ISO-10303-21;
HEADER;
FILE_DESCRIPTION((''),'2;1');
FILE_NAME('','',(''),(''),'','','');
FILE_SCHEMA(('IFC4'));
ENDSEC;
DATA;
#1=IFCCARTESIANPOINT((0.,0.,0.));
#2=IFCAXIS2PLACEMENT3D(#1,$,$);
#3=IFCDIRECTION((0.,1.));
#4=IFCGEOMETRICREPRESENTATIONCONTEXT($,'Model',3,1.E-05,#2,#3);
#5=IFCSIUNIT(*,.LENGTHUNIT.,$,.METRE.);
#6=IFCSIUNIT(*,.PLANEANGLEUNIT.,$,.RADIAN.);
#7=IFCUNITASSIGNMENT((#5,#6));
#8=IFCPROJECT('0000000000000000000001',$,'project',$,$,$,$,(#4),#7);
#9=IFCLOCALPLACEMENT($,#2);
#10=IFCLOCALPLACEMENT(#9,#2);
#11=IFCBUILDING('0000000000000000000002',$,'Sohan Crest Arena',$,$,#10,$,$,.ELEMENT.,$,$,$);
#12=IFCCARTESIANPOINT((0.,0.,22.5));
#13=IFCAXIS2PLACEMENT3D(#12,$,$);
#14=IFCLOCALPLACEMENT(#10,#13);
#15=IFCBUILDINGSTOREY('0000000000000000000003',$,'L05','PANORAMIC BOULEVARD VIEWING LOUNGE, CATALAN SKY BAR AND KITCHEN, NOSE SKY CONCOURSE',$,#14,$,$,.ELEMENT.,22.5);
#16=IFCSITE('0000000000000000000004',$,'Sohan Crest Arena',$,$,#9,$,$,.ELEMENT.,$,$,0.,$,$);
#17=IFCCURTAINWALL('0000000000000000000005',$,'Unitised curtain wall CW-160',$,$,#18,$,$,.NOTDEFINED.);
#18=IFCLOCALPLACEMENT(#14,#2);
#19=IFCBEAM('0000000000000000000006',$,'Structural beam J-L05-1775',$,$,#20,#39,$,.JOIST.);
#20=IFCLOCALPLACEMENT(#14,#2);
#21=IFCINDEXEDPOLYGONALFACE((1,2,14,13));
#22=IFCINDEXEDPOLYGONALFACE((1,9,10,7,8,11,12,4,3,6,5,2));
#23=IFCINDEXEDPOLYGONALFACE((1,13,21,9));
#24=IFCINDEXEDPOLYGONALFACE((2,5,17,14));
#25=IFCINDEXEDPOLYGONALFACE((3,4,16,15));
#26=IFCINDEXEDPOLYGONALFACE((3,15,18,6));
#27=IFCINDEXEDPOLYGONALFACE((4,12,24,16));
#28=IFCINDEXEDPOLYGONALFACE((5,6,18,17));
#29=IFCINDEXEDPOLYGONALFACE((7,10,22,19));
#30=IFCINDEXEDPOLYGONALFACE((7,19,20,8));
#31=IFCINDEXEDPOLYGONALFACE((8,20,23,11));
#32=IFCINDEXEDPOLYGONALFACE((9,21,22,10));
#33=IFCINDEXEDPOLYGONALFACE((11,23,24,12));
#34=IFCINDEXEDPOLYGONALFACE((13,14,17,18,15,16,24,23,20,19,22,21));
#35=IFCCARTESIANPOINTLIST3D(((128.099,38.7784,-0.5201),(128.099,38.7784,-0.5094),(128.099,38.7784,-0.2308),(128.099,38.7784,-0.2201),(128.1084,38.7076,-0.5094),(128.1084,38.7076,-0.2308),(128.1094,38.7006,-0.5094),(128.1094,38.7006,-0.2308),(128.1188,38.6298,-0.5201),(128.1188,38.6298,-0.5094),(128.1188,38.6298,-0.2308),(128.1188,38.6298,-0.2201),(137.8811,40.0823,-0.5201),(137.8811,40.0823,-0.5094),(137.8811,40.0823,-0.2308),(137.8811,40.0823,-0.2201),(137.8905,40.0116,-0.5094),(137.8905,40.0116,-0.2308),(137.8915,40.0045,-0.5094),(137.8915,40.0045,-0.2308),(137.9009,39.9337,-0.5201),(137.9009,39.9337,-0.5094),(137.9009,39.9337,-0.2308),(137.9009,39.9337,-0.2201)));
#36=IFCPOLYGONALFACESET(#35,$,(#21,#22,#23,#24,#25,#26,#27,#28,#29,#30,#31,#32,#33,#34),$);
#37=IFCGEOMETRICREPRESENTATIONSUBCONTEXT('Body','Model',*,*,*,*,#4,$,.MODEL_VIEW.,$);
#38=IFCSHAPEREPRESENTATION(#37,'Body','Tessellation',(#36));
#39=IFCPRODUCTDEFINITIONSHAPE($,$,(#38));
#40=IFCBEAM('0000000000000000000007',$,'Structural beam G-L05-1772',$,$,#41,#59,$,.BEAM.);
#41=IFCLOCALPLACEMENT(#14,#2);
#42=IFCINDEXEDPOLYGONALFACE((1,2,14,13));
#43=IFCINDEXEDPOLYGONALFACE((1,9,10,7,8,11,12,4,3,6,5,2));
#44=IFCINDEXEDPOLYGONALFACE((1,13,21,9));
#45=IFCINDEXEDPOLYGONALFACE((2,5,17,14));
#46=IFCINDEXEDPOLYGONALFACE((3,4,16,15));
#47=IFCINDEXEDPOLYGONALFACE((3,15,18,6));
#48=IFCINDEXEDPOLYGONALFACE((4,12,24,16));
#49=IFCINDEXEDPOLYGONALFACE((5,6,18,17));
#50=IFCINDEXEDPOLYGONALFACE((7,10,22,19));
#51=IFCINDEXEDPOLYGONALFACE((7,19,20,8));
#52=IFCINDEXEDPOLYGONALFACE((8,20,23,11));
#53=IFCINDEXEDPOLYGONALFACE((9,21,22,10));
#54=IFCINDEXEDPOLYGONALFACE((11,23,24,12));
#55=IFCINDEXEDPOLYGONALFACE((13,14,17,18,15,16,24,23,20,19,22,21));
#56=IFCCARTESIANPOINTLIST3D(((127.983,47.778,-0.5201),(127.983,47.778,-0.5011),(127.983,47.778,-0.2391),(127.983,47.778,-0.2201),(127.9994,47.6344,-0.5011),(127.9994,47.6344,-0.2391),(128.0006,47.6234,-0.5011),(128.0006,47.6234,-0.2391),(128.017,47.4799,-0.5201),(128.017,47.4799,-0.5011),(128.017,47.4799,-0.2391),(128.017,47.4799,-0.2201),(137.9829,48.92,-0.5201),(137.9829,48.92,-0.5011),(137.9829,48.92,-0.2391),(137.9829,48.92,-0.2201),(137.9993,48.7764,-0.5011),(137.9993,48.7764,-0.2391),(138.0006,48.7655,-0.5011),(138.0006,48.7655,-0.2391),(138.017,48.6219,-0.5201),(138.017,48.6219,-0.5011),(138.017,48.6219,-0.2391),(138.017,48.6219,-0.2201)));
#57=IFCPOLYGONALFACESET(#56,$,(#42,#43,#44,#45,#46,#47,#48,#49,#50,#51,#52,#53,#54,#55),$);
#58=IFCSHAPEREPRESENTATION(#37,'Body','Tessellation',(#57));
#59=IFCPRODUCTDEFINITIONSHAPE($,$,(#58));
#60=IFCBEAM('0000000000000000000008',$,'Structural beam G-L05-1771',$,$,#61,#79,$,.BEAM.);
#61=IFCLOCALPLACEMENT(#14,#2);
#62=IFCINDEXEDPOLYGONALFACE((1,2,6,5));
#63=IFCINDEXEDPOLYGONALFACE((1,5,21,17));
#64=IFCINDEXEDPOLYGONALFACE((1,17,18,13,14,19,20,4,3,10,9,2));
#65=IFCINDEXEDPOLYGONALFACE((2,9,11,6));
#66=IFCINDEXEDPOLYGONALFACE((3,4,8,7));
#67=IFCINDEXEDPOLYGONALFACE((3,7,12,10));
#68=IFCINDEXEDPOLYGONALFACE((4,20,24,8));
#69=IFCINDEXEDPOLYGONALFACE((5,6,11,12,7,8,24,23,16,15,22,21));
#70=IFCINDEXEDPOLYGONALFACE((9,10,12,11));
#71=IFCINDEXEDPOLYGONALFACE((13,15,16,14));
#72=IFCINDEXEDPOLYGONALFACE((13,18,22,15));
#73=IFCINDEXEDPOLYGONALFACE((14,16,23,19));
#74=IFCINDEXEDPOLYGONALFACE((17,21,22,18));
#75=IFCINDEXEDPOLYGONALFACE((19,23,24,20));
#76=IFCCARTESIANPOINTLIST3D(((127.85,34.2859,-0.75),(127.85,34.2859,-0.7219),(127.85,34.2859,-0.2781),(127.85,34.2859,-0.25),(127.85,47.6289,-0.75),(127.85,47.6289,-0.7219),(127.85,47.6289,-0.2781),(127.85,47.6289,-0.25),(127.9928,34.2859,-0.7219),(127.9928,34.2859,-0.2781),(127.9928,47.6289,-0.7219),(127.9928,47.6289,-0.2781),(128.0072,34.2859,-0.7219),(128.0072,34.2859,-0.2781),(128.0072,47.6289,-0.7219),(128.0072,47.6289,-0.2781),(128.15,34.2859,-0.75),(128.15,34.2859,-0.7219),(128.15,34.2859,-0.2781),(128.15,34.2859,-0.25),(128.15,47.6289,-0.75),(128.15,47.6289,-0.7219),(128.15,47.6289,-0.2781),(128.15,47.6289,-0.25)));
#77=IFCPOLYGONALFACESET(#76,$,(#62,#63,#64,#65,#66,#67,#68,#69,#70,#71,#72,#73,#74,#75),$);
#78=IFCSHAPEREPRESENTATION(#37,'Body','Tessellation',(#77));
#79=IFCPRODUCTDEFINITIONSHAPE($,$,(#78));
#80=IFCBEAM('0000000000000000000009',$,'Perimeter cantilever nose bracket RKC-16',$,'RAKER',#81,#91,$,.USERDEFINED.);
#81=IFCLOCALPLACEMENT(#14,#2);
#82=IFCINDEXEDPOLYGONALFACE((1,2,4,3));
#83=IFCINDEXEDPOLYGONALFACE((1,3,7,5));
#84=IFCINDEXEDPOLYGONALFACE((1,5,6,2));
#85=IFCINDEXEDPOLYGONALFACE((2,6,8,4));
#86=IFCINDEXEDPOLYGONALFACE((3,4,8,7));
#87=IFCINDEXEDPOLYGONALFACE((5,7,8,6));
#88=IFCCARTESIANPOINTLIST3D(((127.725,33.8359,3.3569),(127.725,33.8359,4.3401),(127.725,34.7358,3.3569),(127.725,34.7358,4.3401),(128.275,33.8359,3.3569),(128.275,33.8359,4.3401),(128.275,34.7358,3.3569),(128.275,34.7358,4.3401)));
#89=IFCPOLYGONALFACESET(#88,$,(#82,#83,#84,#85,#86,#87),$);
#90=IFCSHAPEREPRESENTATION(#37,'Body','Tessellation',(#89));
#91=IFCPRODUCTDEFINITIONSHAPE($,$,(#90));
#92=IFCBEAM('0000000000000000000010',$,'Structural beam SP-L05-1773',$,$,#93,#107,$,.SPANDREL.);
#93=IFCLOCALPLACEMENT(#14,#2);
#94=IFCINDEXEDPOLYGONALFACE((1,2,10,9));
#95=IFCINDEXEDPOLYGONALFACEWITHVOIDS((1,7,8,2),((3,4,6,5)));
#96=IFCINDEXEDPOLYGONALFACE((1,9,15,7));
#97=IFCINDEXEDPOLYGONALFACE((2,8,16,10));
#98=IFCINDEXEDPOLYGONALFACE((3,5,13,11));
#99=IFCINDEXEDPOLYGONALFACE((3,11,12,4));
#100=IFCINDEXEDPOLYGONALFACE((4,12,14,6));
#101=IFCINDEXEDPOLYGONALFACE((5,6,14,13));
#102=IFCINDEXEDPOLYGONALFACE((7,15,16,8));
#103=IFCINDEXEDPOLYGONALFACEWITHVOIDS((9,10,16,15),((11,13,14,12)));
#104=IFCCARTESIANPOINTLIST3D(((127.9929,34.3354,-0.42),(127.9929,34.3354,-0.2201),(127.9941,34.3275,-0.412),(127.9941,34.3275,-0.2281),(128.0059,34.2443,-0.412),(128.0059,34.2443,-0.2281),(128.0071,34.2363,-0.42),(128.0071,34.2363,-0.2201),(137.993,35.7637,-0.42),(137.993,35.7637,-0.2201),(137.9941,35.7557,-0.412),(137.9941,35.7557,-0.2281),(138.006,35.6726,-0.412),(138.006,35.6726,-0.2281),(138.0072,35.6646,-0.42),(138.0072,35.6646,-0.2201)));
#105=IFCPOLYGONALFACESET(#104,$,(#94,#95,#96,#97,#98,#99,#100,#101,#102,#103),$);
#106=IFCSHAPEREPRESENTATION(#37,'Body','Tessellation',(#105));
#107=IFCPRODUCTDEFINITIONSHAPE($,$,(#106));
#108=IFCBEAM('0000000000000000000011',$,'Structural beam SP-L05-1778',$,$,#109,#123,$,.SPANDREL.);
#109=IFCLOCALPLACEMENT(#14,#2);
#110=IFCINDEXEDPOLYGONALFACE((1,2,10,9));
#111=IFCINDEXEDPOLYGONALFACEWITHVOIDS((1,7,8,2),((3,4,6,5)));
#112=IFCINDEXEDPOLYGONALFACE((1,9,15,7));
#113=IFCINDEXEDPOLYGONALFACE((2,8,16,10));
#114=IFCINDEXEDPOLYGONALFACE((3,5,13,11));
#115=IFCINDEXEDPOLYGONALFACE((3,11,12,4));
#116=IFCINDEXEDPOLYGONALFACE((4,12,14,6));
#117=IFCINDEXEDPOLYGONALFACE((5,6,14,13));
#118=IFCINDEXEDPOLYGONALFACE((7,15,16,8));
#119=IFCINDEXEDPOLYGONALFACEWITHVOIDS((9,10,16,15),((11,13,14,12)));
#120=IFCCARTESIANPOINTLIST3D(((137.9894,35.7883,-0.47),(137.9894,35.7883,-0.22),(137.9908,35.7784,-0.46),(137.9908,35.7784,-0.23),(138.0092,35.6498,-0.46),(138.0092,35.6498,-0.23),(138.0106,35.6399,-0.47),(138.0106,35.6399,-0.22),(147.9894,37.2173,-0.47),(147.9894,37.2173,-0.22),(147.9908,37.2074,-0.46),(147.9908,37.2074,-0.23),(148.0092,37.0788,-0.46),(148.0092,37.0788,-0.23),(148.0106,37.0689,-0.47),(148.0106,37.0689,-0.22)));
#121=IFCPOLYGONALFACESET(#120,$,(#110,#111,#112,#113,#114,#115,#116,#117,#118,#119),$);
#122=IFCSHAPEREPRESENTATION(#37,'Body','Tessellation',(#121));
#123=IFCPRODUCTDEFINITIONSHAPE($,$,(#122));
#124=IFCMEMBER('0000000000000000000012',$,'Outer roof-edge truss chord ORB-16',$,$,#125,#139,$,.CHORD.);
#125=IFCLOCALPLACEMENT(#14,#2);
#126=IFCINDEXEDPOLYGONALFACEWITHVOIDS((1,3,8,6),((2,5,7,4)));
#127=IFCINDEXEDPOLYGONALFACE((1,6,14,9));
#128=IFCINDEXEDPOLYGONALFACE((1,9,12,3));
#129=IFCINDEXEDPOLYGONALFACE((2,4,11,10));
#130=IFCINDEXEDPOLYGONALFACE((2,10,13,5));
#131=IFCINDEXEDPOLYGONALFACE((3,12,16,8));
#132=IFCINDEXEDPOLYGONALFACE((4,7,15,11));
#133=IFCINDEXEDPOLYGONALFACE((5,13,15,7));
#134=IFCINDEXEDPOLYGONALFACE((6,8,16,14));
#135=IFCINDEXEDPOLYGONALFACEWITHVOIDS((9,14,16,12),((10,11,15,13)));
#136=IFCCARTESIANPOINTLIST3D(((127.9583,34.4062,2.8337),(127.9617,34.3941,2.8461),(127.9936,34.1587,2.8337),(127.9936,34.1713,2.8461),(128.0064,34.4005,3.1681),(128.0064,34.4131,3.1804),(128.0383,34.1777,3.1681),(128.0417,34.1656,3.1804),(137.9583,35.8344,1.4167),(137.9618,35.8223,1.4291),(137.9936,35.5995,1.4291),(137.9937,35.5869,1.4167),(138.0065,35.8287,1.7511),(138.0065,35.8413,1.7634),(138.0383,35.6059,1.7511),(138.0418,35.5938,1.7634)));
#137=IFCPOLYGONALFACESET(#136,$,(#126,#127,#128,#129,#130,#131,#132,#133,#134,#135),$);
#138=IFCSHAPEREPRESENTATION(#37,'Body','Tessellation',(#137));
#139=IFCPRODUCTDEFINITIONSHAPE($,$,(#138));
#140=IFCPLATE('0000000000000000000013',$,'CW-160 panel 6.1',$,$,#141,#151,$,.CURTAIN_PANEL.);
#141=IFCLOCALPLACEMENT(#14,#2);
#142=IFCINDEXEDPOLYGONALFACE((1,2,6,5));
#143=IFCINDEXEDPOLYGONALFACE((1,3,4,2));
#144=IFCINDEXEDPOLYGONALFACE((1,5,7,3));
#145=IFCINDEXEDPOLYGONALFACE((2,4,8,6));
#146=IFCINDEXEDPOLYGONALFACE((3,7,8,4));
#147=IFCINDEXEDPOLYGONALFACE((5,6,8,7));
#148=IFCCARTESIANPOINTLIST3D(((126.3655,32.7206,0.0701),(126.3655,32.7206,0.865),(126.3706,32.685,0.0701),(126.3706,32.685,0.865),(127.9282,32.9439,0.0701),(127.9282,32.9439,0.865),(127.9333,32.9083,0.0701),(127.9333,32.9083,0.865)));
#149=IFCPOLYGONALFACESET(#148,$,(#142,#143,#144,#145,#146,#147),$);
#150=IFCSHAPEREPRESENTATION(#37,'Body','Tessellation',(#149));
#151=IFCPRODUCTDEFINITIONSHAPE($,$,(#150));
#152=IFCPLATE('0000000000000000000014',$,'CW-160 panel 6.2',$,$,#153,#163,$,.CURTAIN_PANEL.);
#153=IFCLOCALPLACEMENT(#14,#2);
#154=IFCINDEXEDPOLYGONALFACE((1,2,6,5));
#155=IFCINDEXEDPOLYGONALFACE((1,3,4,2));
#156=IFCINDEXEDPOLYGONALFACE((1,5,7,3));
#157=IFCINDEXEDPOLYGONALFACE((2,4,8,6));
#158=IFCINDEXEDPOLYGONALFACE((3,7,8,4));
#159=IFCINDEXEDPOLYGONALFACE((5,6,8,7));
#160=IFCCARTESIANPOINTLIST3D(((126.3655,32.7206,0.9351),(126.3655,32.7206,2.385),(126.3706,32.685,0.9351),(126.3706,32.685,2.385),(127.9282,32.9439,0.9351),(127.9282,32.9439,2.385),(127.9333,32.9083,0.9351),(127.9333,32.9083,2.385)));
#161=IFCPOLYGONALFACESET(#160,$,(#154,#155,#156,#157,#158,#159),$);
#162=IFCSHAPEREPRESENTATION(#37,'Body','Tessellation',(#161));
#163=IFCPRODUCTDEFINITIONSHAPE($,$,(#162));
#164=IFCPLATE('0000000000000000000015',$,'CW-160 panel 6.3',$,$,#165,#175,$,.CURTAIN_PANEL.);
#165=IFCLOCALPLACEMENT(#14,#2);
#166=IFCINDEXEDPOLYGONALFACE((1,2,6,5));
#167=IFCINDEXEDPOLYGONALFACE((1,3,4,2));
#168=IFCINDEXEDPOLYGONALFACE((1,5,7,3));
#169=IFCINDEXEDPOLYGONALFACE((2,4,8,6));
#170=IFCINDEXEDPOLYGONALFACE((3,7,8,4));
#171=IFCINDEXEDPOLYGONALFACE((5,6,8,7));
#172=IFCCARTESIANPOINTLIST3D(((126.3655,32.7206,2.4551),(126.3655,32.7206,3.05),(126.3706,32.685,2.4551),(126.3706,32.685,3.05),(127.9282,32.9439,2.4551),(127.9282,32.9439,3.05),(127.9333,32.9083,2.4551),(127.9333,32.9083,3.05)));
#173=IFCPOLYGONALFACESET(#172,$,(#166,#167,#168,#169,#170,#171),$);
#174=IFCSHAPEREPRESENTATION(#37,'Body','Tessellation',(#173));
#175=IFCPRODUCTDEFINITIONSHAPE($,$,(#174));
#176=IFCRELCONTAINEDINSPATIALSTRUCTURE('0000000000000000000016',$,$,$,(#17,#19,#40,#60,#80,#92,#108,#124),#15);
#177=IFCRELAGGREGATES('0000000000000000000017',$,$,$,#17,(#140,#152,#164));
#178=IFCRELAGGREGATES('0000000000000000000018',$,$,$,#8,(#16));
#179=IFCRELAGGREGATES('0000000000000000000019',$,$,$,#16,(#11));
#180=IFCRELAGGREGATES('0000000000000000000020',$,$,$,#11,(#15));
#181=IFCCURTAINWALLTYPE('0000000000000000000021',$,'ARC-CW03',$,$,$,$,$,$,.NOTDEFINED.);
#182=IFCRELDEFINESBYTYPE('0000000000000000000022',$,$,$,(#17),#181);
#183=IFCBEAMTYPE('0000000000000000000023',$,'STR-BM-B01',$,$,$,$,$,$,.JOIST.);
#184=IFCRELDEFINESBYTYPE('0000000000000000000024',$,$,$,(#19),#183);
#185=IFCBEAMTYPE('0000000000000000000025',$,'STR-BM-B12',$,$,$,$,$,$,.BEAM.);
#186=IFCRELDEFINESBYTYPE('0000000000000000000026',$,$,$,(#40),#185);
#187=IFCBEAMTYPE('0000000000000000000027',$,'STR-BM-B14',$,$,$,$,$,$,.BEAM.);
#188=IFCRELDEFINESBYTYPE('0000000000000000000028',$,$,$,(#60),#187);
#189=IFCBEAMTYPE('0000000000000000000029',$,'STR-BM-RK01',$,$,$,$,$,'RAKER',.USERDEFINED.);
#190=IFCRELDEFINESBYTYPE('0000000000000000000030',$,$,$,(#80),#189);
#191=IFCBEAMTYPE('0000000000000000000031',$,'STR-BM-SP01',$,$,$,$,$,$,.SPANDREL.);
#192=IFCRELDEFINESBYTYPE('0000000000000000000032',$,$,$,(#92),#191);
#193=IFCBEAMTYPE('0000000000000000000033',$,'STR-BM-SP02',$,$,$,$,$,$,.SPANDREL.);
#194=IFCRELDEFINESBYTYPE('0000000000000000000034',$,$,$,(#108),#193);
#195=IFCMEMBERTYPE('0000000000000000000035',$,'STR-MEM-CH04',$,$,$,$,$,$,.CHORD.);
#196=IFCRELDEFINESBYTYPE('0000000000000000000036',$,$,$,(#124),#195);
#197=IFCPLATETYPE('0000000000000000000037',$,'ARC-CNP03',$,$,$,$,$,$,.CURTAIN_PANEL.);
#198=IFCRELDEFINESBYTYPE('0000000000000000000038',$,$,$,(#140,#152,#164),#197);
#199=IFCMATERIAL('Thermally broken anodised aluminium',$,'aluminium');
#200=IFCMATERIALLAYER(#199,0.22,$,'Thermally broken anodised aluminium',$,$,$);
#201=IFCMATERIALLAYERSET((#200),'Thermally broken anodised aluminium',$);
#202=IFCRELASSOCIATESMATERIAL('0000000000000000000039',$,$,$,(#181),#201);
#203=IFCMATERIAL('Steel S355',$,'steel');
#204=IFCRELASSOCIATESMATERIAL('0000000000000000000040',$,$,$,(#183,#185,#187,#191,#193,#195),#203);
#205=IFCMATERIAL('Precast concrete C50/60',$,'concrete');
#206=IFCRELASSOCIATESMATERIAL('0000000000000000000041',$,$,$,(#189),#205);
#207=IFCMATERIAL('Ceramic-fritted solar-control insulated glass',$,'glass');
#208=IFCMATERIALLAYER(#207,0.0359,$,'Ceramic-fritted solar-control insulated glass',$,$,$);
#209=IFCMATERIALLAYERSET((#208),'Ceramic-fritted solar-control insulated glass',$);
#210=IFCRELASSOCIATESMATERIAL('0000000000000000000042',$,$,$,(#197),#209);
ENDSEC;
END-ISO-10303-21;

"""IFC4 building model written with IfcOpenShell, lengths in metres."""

from ifc_helpers import new_model, si_unit, direction, frame, origin, origin_2d, place, context, subcontext, project, spatial, rectangle, hollow_rectangle, i_section, extrude, material, layer, layer_set, material_profile, profile_set, type_object, element, aggregate, save


model = new_model("IFC4")

# Units and contexts
model_context = context("Model", 3, precision=1e-05, world=origin(), true_north=direction((0.0, 1.0)))
body_context = subcontext(model_context, "Body", "Model", "MODEL_VIEW")
ifc_project = project(units=[si_unit("LENGTHUNIT", "METRE"), si_unit("PLANEANGLEUNIT", "RADIAN")], contexts=[model_context])

# Site, building, storey
site_placement = place(None, origin())
site = spatial("IfcSite", under=ifc_project, at=site_placement, Name="Sohan Crest Arena", CompositionType="ELEMENT", RefElevation=0.0)
building_placement = place(site_placement, origin())
building = spatial("IfcBuilding", under=site, at=building_placement, Name="Sohan Crest Arena", CompositionType="ELEMENT")
storey_placement = place(building_placement, frame((0.0, 0.0, 22.5)))
storey = spatial("IfcBuildingStorey", under=building, at=storey_placement, Name="L05", Description="PANORAMIC BOULEVARD VIEWING LOUNGE, CATALAN SKY BAR AND KITCHEN, NOSE SKY CONCOURSE", CompositionType="ELEMENT", Elevation=22.5)

# Shared definitions
ifc_material_1 = material(Name="Steel S355", Category="steel")

# Curtain wall
ifc_material_2 = material(Name="Thermally broken anodised aluminium", Category="aluminium")
ifc_layer_1 = layer(ifc_material_2, 0.22, Name="Thermally broken anodised aluminium")
ifc_layer_set_1 = layer_set([ifc_layer_1], Name="Thermally broken anodised aluminium")
curtain_wall_type = type_object("IfcCurtainWallType", Name="ARC-CW03", PredefinedType="NOTDEFINED", material=ifc_layer_set_1)
curtain_wall_placement = place(storey_placement, origin())
curtain_wall = element("IfcCurtainWall", 1, at=curtain_wall_placement, inside=storey, type_object=curtain_wall_type, Name="Unitised curtain wall CW-160", PredefinedType="NOTDEFINED")

# Beams
ifc_material_profile_1 = material_profile(ifc_material_1, i_section(OverallWidth=0.1499, OverallDepth=0.3, WebThickness=0.0071, FlangeThickness=0.0107, at=origin_2d()), Name="IPE 300")
ifc_profile_set_1 = profile_set([ifc_material_profile_1], Name="Steel S355")
beam_type_1 = type_object("IfcBeamType", Name="STR-BM-B01", PredefinedType="JOIST", material=ifc_profile_set_1)
beam_1_placement = place(storey_placement, frame((128.1089, 38.7041, -0.3701), z_axis=(0.991232, 0.13213, 0.0), x_axis=(-0.13213, 0.991232, 0.0)))
element("IfcBeam", 2, at=beam_1_placement, inside=storey, type_object=beam_type_1, Name="Structural beam J-L05-1775", PredefinedType="JOIST", context=body_context, shape_type="SweptSolid", body=[
    extrude(i_section(OverallWidth=0.1499, OverallDepth=0.3, WebThickness=0.0071, FlangeThickness=0.0107, at=origin_2d()), origin(), (0.0, 0.0, 1.0), 9.8687),
])
ifc_material_profile_2 = material_profile(ifc_material_1, i_section(OverallWidth=0.3, OverallDepth=0.3, WebThickness=0.011, FlangeThickness=0.019, at=origin_2d()), Name="HEB 300")
ifc_profile_set_2 = profile_set([ifc_material_profile_2], Name="Steel S355")
beam_type_2 = type_object("IfcBeamType", Name="STR-BM-B12", PredefinedType="BEAM", material=ifc_profile_set_2)
beam_2_placement = place(storey_placement, frame((128.0, 47.6289, -0.3701), z_axis=(0.993541, 0.113471, 0.0), x_axis=(-0.113471, 0.993541, 0.0)))
element("IfcBeam", 3, at=beam_2_placement, inside=storey, type_object=beam_type_2, Name="Structural beam G-L05-1772", PredefinedType="BEAM", context=body_context, shape_type="SweptSolid", body=[
    extrude(i_section(OverallWidth=0.3, OverallDepth=0.3, WebThickness=0.011, FlangeThickness=0.019, at=origin_2d()), origin(), (0.0, 0.0, 1.0), 10.0649),
])
ifc_material_profile_3 = material_profile(ifc_material_1, i_section(OverallWidth=0.3, OverallDepth=0.5, WebThickness=0.0144, FlangeThickness=0.0281, at=origin_2d()), Name="HEB 500")
ifc_profile_set_3 = profile_set([ifc_material_profile_3], Name="Steel S355")
beam_type_3 = type_object("IfcBeamType", Name="STR-BM-B14", PredefinedType="BEAM", material=ifc_profile_set_3)
beam_3_placement = place(storey_placement, frame((128.0, 47.6289, -0.5), z_axis=(0.0, -1.0, 0.0), x_axis=(1.0, 0.0, 0.0)))
element("IfcBeam", 4, at=beam_3_placement, inside=storey, type_object=beam_type_3, Name="Structural beam G-L05-1771", PredefinedType="BEAM", context=body_context, shape_type="SweptSolid", body=[
    extrude(i_section(OverallWidth=0.3, OverallDepth=0.5, WebThickness=0.0144, FlangeThickness=0.0281, at=origin_2d()), origin(), (0.0, 0.0, 1.0), 13.343),
])
ifc_material_3 = material(Name="Precast concrete C50/60", Category="concrete")
ifc_material_profile_4 = material_profile(ifc_material_3, rectangle(XDim=0.55, YDim=0.8999, at=origin_2d()), Name="RAKER 550x900")
ifc_profile_set_4 = profile_set([ifc_material_profile_4], Name="Precast concrete C50/60")
beam_type_4 = type_object("IfcBeamType", Name="STR-BM-RK01", ElementType="RAKER", PredefinedType="USERDEFINED", material=ifc_profile_set_4)
beam_4_placement = place(storey_placement, frame((128.0, 34.2859, 3.3569), z_axis=(0.0, 0.0, 1.0), x_axis=(1.0, 0.0, 0.0)))
element("IfcBeam", 5, at=beam_4_placement, inside=storey, type_object=beam_type_4, Name="Perimeter cantilever nose bracket RKC-16", ObjectType="RAKER", PredefinedType="USERDEFINED", context=body_context, shape_type="SweptSolid", body=[
    extrude(rectangle(XDim=0.55, YDim=0.8999, at=origin_2d()), origin(), (0.0, 0.0, 1.0), 0.9832),
])
ifc_material_profile_5 = material_profile(ifc_material_1, hollow_rectangle(XDim=0.1001, YDim=0.2, WallThickness=0.0081, at=origin_2d()), Name="RHS 200x100x8")
ifc_profile_set_5 = profile_set([ifc_material_profile_5], Name="Steel S355")
beam_type_5 = type_object("IfcBeamType", Name="STR-BM-SP01", PredefinedType="SPANDREL", material=ifc_profile_set_5)
beam_5_placement = place(storey_placement, frame((128.0, 34.2859, -0.3201), z_axis=(0.989954, 0.141388, 0.0), x_axis=(-0.141388, 0.989954, 0.0)))
element("IfcBeam", 6, at=beam_5_placement, inside=storey, type_object=beam_type_5, Name="Structural beam SP-L05-1773", PredefinedType="SPANDREL", context=body_context, shape_type="SweptSolid", body=[
    extrude(hollow_rectangle(XDim=0.1001, YDim=0.2, WallThickness=0.0081, at=origin_2d()), origin(), (0.0, 0.0, 1.0), 10.1016),
])
ifc_material_profile_6 = material_profile(ifc_material_1, hollow_rectangle(XDim=0.1499, YDim=0.25, WallThickness=0.01, at=origin_2d()), Name="RHS 250x150x10")
ifc_profile_set_6 = profile_set([ifc_material_profile_6], Name="Steel S355")
beam_type_6 = type_object("IfcBeamType", Name="STR-BM-SP02", PredefinedType="SPANDREL", material=ifc_profile_set_6)
beam_6_placement = place(storey_placement, frame((138.0, 35.7141, -0.345), z_axis=(0.989944, 0.141459, 0.0), x_axis=(-0.141459, 0.989944, 0.0)))
element("IfcBeam", 7, at=beam_6_placement, inside=storey, type_object=beam_type_6, Name="Structural beam SP-L05-1778", PredefinedType="SPANDREL", context=body_context, shape_type="SweptSolid", body=[
    extrude(hollow_rectangle(XDim=0.1499, YDim=0.25, WallThickness=0.01, at=origin_2d()), origin(), (0.0, 0.0, 1.0), 10.1016),
])

# Member
ifc_material_profile_7 = material_profile(ifc_material_1, hollow_rectangle(XDim=0.25, YDim=0.3501, WallThickness=0.0125, at=origin_2d()), Name="RHS 350x250x12.5")
ifc_profile_set_7 = profile_set([ifc_material_profile_7], Name="Steel S355")
member_type_1 = type_object("IfcMemberType", Name="STR-MEM-CH04", PredefinedType="CHORD", material=ifc_profile_set_7)
member_1_placement = place(storey_placement, frame((128.0, 34.2859, 3.0071), z_axis=(0.980356, 0.140017, -0.138916), x_axis=(-0.141388, 0.989954, 0.0)))
element("IfcMember", 8, at=member_1_placement, inside=storey, type_object=member_type_1, Name="Outer roof-edge truss chord ORB-16", PredefinedType="CHORD", context=body_context, shape_type="SweptSolid", body=[
    extrude(hollow_rectangle(XDim=0.25, YDim=0.3501, WallThickness=0.0125, at=origin_2d()), origin(), (0.0, 0.0, 1.0), 10.2004),
])

# Plates
ifc_material_4 = material(Name="Ceramic-fritted solar-control insulated glass", Category="glass")
ifc_layer_2 = layer(ifc_material_4, 0.0359, Name="Ceramic-fritted solar-control insulated glass")
ifc_layer_set_2 = layer_set([ifc_layer_2], Name="Ceramic-fritted solar-control insulated glass")
plate_type_1 = type_object("IfcPlateType", Name="ARC-CNP03", PredefinedType="CURTAIN_PANEL", material=ifc_layer_set_2)
plate_1_placement = place(storey_placement, frame((127.1494, 32.8145, 0.0701), z_axis=(0.0, 0.0, 1.0), x_axis=(0.989944, 0.141463, 0.0)))
plate_1 = element("IfcPlate", 9, at=plate_1_placement, type_object=plate_type_1, Name="CW-160 panel 6.1", PredefinedType="CURTAIN_PANEL", context=body_context, shape_type="SweptSolid", body=[
    extrude(rectangle(XDim=1.5786, YDim=0.0359, at=origin_2d()), origin(), (0.0, 0.0, 1.0), 0.7949),
])
plate_2_placement = place(storey_placement, frame((127.1494, 32.8145, 0.9351), z_axis=(0.0, 0.0, 1.0), x_axis=(0.989944, 0.141463, 0.0)))
plate_2 = element("IfcPlate", 10, at=plate_2_placement, type_object=plate_type_1, Name="CW-160 panel 6.2", PredefinedType="CURTAIN_PANEL", context=body_context, shape_type="SweptSolid", body=[
    extrude(rectangle(XDim=1.5786, YDim=0.0359, at=origin_2d()), origin(), (0.0, 0.0, 1.0), 1.45),
])
plate_3_placement = place(storey_placement, frame((127.1494, 32.8145, 2.4551), z_axis=(0.0, 0.0, 1.0), x_axis=(0.989944, 0.141463, 0.0)))
plate_3 = element("IfcPlate", 11, at=plate_3_placement, type_object=plate_type_1, Name="CW-160 panel 6.3", PredefinedType="CURTAIN_PANEL", context=body_context, shape_type="SweptSolid", body=[
    extrude(rectangle(XDim=1.5786, YDim=0.0359, at=origin_2d()), origin(), (0.0, 0.0, 1.0), 0.595),
])
aggregate(curtain_wall, [plate_1, plate_2, plate_3])

save(model, "model.ifc")
